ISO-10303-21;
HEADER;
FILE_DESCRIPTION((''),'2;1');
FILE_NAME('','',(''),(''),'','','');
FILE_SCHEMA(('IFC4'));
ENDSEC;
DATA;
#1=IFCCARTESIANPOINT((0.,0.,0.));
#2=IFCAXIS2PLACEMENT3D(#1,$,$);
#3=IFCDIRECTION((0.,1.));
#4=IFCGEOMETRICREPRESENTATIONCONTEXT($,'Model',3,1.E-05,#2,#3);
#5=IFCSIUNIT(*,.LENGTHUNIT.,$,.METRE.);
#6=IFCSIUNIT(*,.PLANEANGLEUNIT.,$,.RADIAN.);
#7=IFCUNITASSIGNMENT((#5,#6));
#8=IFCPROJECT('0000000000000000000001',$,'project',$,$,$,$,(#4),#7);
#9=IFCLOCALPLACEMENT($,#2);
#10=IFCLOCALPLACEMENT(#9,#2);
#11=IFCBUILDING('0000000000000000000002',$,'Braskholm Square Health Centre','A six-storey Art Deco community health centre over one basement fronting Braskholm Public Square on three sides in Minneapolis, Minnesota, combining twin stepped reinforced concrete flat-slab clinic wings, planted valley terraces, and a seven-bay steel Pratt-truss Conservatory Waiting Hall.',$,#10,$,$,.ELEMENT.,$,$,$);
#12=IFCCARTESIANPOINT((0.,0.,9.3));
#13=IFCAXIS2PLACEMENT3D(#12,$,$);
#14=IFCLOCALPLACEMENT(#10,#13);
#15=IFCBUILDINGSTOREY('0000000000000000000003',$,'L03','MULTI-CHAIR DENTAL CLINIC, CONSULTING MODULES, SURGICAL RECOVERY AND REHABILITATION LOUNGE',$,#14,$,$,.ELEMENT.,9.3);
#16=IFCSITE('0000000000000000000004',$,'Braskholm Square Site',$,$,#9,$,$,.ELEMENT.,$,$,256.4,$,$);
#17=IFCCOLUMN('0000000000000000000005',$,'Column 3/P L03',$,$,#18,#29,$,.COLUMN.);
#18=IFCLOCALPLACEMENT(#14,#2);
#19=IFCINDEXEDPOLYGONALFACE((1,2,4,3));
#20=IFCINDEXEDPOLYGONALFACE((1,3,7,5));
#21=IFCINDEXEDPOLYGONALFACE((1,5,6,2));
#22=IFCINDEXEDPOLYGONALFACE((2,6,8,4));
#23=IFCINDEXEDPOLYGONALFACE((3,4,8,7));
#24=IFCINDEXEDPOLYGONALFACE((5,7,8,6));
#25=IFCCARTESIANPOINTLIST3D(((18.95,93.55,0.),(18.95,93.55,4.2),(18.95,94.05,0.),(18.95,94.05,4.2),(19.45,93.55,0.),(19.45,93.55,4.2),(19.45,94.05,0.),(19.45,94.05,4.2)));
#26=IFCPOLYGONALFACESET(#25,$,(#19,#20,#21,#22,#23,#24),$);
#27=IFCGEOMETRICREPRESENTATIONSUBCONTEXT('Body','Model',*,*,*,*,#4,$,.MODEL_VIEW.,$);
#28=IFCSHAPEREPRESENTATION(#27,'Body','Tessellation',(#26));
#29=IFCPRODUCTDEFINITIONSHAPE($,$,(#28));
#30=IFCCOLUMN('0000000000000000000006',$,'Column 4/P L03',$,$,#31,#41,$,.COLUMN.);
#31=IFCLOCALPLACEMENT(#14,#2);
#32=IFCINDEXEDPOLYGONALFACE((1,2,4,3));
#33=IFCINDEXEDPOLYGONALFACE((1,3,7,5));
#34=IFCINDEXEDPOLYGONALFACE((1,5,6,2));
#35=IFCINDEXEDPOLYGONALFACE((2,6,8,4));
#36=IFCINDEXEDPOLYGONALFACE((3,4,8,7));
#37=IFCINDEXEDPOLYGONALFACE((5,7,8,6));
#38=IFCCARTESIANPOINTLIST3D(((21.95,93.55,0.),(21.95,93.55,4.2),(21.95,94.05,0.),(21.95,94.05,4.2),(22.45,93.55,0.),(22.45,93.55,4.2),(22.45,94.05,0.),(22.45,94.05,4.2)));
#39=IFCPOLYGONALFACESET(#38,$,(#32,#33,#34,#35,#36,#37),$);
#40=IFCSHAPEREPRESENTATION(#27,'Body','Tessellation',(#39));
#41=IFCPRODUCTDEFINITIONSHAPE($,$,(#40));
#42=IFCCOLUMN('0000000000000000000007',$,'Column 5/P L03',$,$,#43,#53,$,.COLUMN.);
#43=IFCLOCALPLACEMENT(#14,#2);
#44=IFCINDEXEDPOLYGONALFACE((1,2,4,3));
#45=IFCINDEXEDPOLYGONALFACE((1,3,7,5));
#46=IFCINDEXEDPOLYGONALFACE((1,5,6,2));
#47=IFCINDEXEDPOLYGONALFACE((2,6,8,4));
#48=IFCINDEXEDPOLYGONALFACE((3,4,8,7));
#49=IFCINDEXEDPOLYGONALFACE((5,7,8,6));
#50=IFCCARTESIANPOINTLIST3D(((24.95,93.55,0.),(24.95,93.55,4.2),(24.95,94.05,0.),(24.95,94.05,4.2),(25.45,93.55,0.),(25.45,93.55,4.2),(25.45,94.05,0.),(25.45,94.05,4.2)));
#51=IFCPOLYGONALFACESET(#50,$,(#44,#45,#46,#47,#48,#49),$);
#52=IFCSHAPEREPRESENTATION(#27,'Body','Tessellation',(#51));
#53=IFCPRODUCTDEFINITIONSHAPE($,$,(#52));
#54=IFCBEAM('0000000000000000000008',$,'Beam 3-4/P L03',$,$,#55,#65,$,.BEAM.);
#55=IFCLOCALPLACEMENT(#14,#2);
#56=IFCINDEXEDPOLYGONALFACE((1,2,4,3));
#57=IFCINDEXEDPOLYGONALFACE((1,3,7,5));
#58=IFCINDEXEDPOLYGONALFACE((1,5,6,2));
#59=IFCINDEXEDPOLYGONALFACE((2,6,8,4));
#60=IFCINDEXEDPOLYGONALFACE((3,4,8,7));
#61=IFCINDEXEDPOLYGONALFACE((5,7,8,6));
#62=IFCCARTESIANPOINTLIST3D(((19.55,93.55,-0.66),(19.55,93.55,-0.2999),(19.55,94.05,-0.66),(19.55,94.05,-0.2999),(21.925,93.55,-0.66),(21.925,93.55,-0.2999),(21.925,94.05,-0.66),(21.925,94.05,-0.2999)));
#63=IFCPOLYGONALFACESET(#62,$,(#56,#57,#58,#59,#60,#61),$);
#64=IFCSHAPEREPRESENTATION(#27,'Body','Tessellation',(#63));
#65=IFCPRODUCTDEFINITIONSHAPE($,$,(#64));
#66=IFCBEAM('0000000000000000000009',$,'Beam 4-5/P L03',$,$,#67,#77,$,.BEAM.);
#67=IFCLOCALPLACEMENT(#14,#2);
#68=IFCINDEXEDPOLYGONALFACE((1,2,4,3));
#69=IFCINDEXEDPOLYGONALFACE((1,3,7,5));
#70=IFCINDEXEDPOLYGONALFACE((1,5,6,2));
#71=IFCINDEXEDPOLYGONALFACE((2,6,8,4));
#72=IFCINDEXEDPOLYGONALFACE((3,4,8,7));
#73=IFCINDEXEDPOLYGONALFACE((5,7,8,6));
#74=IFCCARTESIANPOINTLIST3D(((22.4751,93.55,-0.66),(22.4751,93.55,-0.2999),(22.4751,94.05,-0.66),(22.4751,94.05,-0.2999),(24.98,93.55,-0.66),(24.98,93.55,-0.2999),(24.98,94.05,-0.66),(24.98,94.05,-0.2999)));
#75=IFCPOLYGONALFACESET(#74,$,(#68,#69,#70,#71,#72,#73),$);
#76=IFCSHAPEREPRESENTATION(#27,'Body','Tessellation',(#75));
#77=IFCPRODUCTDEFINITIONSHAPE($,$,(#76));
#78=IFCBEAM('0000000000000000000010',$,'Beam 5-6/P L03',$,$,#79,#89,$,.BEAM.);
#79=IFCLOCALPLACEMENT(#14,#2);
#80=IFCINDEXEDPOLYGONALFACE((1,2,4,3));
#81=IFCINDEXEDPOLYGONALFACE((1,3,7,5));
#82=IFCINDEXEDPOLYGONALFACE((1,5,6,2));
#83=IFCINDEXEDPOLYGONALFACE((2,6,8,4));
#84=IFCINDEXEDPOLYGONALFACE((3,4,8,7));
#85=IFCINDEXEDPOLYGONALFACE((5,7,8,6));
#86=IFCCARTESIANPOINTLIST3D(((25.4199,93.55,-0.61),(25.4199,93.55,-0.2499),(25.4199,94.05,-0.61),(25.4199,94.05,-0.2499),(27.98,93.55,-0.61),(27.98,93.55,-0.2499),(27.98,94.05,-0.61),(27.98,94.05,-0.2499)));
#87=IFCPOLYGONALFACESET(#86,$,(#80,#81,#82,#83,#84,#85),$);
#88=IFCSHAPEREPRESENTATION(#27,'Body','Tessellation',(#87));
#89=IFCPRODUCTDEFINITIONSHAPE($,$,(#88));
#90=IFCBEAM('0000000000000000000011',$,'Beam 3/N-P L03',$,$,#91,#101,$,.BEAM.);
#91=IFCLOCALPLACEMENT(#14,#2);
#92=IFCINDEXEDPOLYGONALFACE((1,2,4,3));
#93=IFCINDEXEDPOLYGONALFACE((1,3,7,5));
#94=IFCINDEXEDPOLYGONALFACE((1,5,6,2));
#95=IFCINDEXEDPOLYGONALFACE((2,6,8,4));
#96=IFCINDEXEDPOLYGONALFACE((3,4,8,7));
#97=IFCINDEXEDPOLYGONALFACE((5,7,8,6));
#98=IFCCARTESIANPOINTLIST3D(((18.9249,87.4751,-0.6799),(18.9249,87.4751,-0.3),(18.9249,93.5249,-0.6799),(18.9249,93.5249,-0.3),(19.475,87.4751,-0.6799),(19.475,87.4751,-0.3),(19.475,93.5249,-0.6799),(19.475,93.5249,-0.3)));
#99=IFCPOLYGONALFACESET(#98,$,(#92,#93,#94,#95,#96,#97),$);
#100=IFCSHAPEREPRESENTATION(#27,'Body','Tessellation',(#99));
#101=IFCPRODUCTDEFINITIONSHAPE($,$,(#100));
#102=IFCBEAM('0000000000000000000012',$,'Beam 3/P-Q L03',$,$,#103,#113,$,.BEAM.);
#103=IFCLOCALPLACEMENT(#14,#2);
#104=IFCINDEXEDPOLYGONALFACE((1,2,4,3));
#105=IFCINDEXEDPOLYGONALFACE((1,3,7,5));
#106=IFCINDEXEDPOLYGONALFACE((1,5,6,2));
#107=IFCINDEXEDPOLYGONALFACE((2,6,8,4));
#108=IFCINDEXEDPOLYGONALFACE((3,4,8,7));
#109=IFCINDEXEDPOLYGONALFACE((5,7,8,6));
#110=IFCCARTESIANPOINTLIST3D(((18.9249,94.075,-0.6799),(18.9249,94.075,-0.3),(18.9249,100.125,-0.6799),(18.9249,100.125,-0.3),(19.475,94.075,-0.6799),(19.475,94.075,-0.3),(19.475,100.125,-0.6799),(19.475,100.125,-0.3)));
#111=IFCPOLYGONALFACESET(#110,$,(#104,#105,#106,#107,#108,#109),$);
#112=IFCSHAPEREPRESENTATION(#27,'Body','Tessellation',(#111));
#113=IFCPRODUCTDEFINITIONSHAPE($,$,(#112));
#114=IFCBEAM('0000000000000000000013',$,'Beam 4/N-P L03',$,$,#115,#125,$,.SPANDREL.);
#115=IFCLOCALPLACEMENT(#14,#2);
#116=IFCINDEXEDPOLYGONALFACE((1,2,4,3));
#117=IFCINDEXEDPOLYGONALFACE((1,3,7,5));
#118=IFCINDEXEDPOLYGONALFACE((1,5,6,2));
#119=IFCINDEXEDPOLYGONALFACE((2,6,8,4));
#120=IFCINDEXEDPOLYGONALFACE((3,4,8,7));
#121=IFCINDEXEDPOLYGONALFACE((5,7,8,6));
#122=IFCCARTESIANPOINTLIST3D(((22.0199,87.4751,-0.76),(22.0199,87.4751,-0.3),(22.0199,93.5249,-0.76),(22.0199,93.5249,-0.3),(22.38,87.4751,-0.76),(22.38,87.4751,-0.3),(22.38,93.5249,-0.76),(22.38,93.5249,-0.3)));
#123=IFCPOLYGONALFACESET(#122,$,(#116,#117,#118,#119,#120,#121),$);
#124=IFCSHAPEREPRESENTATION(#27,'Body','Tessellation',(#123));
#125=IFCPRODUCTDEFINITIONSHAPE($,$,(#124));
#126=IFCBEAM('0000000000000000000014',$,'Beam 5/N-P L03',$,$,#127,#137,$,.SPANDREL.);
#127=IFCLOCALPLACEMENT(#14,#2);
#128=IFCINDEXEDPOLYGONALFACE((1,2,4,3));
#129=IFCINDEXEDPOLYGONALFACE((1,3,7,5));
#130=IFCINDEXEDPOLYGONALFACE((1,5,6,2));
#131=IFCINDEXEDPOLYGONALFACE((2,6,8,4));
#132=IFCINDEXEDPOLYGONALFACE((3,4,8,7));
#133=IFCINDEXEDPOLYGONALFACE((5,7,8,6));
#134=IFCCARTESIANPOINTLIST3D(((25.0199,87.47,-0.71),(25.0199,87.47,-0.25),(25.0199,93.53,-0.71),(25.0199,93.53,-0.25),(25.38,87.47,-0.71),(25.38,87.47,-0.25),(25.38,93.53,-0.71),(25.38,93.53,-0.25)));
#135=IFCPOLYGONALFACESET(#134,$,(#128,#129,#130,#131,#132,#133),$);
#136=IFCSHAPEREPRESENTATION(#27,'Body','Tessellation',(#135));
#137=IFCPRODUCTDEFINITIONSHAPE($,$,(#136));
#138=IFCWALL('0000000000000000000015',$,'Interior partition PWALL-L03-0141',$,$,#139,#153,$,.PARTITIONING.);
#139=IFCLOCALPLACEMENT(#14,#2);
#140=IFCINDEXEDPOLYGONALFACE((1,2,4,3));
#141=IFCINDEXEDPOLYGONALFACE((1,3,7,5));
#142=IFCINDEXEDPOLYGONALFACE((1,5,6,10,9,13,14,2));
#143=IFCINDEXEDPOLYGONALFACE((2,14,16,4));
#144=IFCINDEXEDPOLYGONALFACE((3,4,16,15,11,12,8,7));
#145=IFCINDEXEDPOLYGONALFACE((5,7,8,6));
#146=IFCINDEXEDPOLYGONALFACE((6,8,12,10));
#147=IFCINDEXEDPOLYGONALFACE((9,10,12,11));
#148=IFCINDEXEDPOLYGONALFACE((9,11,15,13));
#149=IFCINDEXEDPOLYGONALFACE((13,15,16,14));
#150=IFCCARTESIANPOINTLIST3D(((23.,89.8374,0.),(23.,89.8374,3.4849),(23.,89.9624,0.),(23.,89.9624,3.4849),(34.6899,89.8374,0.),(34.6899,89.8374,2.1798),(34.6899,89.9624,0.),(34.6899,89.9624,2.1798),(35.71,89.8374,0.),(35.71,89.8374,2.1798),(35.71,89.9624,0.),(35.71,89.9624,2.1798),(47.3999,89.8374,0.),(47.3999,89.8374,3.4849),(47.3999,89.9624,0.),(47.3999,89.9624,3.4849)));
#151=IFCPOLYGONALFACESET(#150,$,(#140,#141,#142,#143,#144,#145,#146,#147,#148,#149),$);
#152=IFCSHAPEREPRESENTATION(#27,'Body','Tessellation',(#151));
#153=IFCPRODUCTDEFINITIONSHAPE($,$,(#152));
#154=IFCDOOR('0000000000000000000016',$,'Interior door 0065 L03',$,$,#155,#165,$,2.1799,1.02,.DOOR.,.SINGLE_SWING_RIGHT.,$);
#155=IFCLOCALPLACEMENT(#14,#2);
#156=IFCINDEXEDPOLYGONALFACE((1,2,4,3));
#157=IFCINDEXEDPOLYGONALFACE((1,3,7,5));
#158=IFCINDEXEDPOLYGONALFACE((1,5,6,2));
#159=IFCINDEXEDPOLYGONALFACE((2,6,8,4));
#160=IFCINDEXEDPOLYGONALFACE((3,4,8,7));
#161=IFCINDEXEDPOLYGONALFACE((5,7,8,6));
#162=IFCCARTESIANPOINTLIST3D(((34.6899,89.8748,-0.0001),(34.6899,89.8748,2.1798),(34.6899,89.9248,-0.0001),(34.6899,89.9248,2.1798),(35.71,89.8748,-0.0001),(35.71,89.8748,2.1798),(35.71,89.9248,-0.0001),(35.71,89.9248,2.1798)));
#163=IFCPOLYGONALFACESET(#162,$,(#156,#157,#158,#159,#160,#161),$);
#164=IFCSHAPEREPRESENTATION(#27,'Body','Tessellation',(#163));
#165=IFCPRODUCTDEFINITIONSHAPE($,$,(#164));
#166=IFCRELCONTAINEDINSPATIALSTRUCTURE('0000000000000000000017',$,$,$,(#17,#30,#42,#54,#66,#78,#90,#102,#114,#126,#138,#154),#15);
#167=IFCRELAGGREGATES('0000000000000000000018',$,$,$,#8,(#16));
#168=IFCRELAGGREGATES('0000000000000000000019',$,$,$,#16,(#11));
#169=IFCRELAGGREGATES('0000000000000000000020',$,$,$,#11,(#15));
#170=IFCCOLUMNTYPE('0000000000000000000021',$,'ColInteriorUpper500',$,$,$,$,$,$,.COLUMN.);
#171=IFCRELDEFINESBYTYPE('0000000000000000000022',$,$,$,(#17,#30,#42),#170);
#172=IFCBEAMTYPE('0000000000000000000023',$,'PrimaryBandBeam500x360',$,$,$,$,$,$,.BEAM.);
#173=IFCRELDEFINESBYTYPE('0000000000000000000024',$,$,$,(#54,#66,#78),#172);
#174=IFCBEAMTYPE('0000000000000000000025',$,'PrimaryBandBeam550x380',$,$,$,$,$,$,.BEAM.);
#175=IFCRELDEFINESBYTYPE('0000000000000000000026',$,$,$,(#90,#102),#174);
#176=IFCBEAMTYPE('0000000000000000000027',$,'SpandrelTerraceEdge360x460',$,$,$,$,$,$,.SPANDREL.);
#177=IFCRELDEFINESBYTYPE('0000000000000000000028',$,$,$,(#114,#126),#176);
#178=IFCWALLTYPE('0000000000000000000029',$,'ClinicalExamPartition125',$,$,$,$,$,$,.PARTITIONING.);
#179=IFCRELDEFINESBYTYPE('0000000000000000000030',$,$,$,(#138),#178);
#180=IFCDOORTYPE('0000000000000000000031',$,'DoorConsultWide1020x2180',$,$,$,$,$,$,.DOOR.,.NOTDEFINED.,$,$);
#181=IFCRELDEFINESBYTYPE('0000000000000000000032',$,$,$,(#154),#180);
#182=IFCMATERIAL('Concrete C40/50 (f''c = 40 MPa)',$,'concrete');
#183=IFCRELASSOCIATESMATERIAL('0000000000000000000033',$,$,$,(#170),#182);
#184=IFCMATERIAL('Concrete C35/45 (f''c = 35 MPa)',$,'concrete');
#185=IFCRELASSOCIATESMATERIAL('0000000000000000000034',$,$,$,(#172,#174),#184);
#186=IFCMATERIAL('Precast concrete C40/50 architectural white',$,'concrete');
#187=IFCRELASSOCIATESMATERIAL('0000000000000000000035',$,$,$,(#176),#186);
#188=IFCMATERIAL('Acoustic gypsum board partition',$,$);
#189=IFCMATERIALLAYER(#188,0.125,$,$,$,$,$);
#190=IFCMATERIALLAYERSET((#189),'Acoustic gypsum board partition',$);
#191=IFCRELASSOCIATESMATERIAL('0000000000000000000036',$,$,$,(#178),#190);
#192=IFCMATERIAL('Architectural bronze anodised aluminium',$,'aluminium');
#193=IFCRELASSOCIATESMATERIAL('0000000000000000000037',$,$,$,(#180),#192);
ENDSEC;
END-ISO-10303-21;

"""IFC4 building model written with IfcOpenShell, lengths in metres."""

from ifc_helpers import new_model, si_unit, direction, frame, frame_2d, origin, origin_with_axes, origin_2d, place, context, subcontext, project, spatial, rectangle, extrude, material, layer, layer_set, material_profile, profile_set, type_object, element, fill, save


model = new_model("IFC4")

# Units and contexts
model_context = context("Model", 3, precision=1e-05, world=origin(), true_north=direction((0.0, 1.0)))
body_context = subcontext(model_context, "Body", "Model", "MODEL_VIEW")
ifc_project = project(units=[si_unit("LENGTHUNIT", "METRE"), si_unit("PLANEANGLEUNIT", "RADIAN")], contexts=[model_context])

# Site, building, storey
site_placement = place(None, origin())
site = spatial("IfcSite", under=ifc_project, at=site_placement, Name="Braskholm Square Site", CompositionType="ELEMENT", RefElevation=256.4)
building_placement = place(site_placement, origin())
building = spatial("IfcBuilding", under=site, at=building_placement, Name="Braskholm Square Health Centre", Description="A six-storey Art Deco community health centre over one basement fronting Braskholm Public Square on three sides in Minneapolis, Minnesota, combining twin stepped reinforced concrete flat-slab clinic wings, planted valley terraces, and a seven-bay steel Pratt-truss Conservatory Waiting Hall.", CompositionType="ELEMENT")
storey_placement = place(building_placement, frame((0.0, 0.0, 9.3)))
storey = spatial("IfcBuildingStorey", under=building, at=storey_placement, Name="L03", Description="MULTI-CHAIR DENTAL CLINIC, CONSULTING MODULES, SURGICAL RECOVERY AND REHABILITATION LOUNGE", CompositionType="ELEMENT", Elevation=9.3)

# Columns
ifc_material_1 = material(Name="Concrete C40/50 (f'c = 40 MPa)", Category="concrete")
ifc_material_profile_1 = material_profile(ifc_material_1, rectangle(XDim=0.5, YDim=0.5, at=origin_2d()), Name="RC-500X500")
ifc_profile_set_1 = profile_set([ifc_material_profile_1], Name="Concrete C40/50 (f'c = 40 MPa)")
column_type = type_object("IfcColumnType", Name="ColInteriorUpper500", PredefinedType="COLUMN", material=ifc_profile_set_1)
for number, where, z_axis, x_axis, name in (
    (1, (19.2, 93.8, 0.0), (0.0, 0.0, 1.0), (1.0, 0.0, 0.0), "Column 3/P L03"),
    (2, (22.2, 93.8, 0.0), (0.0, 0.0, 1.0), (1.0, 0.0, 0.0), "Column 4/P L03"),
    (3, (25.2, 93.8, 0.0), (0.0, 0.0, 1.0), (1.0, 0.0, 0.0), "Column 5/P L03"),
):
    element("IfcColumn", number, at=place(storey_placement, frame(where, z_axis=z_axis, x_axis=x_axis)), inside=storey, type_object=column_type, Name=name, PredefinedType="COLUMN", context=body_context, shape_type="SweptSolid", body=[
        extrude(rectangle(XDim=0.5, YDim=0.5, at=origin_2d()), origin(), (0.0, 0.0, 1.0), 4.2),
    ])

# Beams
ifc_material_2 = material(Name="Concrete C35/45 (f'c = 35 MPa)", Category="concrete")
ifc_material_profile_2 = material_profile(ifc_material_2, rectangle(XDim=0.5, YDim=0.3601, at=origin_2d()), Name="RCB-500X360")
ifc_profile_set_2 = profile_set([ifc_material_profile_2], Name="Concrete C35/45 (f'c = 35 MPa)")
beam_type_1 = type_object("IfcBeamType", Name="PrimaryBandBeam500x360", PredefinedType="BEAM", material=ifc_profile_set_2)
beam_1_placement = place(storey_placement, frame((19.55, 93.8, -0.48), z_axis=(1.0, 0.0, 0.0), x_axis=(0.0, 1.0, 0.0)))
element("IfcBeam", 4, at=beam_1_placement, inside=storey, type_object=beam_type_1, Name="Beam 3-4/P L03", PredefinedType="BEAM", context=body_context, shape_type="SweptSolid", body=[
    extrude(rectangle(XDim=0.5, YDim=0.3601, at=origin_2d()), origin(), (0.0, 0.0, 1.0), 2.375),
])
beam_2_placement = place(storey_placement, frame((22.4751, 93.8, -0.48), z_axis=(1.0, 0.0, 0.0), x_axis=(0.0, 1.0, 0.0)))
element("IfcBeam", 5, at=beam_2_placement, inside=storey, type_object=beam_type_1, Name="Beam 4-5/P L03", PredefinedType="BEAM", context=body_context, shape_type="SweptSolid", body=[
    extrude(rectangle(XDim=0.5, YDim=0.3601, at=origin_2d()), origin(), (0.0, 0.0, 1.0), 2.5049),
])
beam_3_placement = place(storey_placement, frame((25.4199, 93.8, -0.4299), z_axis=(1.0, 0.0, 0.0), x_axis=(0.0, 1.0, 0.0)))
element("IfcBeam", 6, at=beam_3_placement, inside=storey, type_object=beam_type_1, Name="Beam 5-6/P L03", PredefinedType="BEAM", context=body_context, shape_type="SweptSolid", body=[
    extrude(rectangle(XDim=0.5, YDim=0.3601, at=origin_2d()), origin(), (0.0, 0.0, 1.0), 2.5601),
])
ifc_material_profile_3 = material_profile(ifc_material_2, rectangle(XDim=0.55, YDim=0.3799, at=origin_2d()), Name="RCB-550X380")
ifc_profile_set_3 = profile_set([ifc_material_profile_3], Name="Concrete C35/45 (f'c = 35 MPa)")
beam_type_2 = type_object("IfcBeamType", Name="PrimaryBandBeam550x380", PredefinedType="BEAM", material=ifc_profile_set_3)
beam_4_placement = place(storey_placement, frame((19.2, 87.4751, -0.49), z_axis=(0.0, 1.0, 0.0), x_axis=(-1.0, 0.0, 0.0)))
element("IfcBeam", 7, at=beam_4_placement, inside=storey, type_object=beam_type_2, Name="Beam 3/N-P L03", PredefinedType="BEAM", context=body_context, shape_type="SweptSolid", body=[
    extrude(rectangle(XDim=0.55, YDim=0.3799, at=origin_2d()), origin(), (0.0, 0.0, 1.0), 6.0498),
])
beam_5_placement = place(storey_placement, frame((19.2, 94.075, -0.49), z_axis=(0.0, 1.0, 0.0), x_axis=(-1.0, 0.0, 0.0)))
element("IfcBeam", 8, at=beam_5_placement, inside=storey, type_object=beam_type_2, Name="Beam 3/P-Q L03", PredefinedType="BEAM", context=body_context, shape_type="SweptSolid", body=[
    extrude(rectangle(XDim=0.55, YDim=0.3799, at=origin_2d()), origin(), (0.0, 0.0, 1.0), 6.05),
])
ifc_material_3 = material(Name="Precast concrete C40/50 architectural white", Category="concrete")
ifc_material_profile_4 = material_profile(ifc_material_3, rectangle(XDim=0.3601, YDim=0.46, at=origin_2d()), Name="RCB-360X460")
ifc_profile_set_4 = profile_set([ifc_material_profile_4], Name="Precast concrete C40/50 architectural white")
beam_type_3 = type_object("IfcBeamType", Name="SpandrelTerraceEdge360x460", PredefinedType="SPANDREL", material=ifc_profile_set_4)
beam_6_placement = place(storey_placement, frame((22.2, 87.4751, -0.53), z_axis=(0.0, 1.0, 0.0), x_axis=(-1.0, 0.0, 0.0)))
element("IfcBeam", 9, at=beam_6_placement, inside=storey, type_object=beam_type_3, Name="Beam 4/N-P L03", PredefinedType="SPANDREL", context=body_context, shape_type="SweptSolid", body=[
    extrude(rectangle(XDim=0.3601, YDim=0.46, at=origin_2d()), origin(), (0.0, 0.0, 1.0), 6.0498),
])
beam_7_placement = place(storey_placement, frame((25.2, 87.47, -0.48), z_axis=(0.0, 1.0, 0.0), x_axis=(-1.0, 0.0, 0.0)))
element("IfcBeam", 10, at=beam_7_placement, inside=storey, type_object=beam_type_3, Name="Beam 5/N-P L03", PredefinedType="SPANDREL", context=body_context, shape_type="SweptSolid", body=[
    extrude(rectangle(XDim=0.3601, YDim=0.46, at=origin_2d()), origin(), (0.0, 0.0, 1.0), 6.0601),
])

# Wall, opening, door
ifc_material_4 = material(Name="Acoustic gypsum board partition")
ifc_layer_1 = layer(ifc_material_4, 0.125)
ifc_layer_set_1 = layer_set([ifc_layer_1], Name="Acoustic gypsum board partition")
wall_type_1 = type_object("IfcWallType", Name="ClinicalExamPartition125", PredefinedType="PARTITIONING", material=ifc_layer_set_1)
wall_1_placement = place(storey_placement, frame((23.0, 89.8999, 0.0), z_axis=(0.0, 0.0, 1.0), x_axis=(1.0, 0.0, 0.0)))
wall_1 = element("IfcWall", 11, at=wall_1_placement, inside=storey, type_object=wall_type_1, Name="Interior partition PWALL-L03-0141", PredefinedType="PARTITIONING", context=body_context, shape_type="SweptSolid", body=[
    extrude(rectangle(XDim=24.3999, YDim=0.125, at=frame_2d((12.2, 0.0))), origin(), (0.0, 0.0, 1.0), 3.4849),
])
opening_1_placement = place(wall_1_placement, frame((11.6899, 0.0, 0.0)))
opening_1 = element("IfcOpeningElement", 12, at=opening_1_placement, cuts=wall_1, PredefinedType="OPENING", context=body_context, shape_type="SweptSolid", body=[
    extrude(rectangle(XDim=1.02, YDim=2.1799, at=frame_2d((0.51, 1.0898))), frame((0.0, 0.0725, 0.0), z_axis=(0.0, -1.0, 0.0), x_axis=(1.0, 0.0, 0.0)), (0.0, 0.0, 1.0), 0.145),
])
ifc_material_5 = material(Name="Architectural bronze anodised aluminium", Category="aluminium")
door_type = type_object("IfcDoorType", Name="DoorConsultWide1020x2180", OperationType="NOTDEFINED", PredefinedType="DOOR", material=ifc_material_5)
door_placement = place(opening_1_placement, origin_with_axes())
door = element("IfcDoor", 13, at=door_placement, inside=storey, type_object=door_type, Name="Interior door 0065 L03", OperationType="SINGLE_SWING_RIGHT", OverallHeight=2.1799, OverallWidth=1.02, PredefinedType="DOOR", context=body_context, shape_type="SweptSolid", body=[
    extrude(rectangle(XDim=1.02, YDim=2.1799, at=frame_2d((0.51, 1.0898))), frame((0.0, 0.0249, 0.0), z_axis=(0.0, -1.0, 0.0), x_axis=(1.0, 0.0, 0.0)), (0.0, 0.0, 1.0), 0.05),
])
fill(opening_1, door)

save(model, "model.ifc")
